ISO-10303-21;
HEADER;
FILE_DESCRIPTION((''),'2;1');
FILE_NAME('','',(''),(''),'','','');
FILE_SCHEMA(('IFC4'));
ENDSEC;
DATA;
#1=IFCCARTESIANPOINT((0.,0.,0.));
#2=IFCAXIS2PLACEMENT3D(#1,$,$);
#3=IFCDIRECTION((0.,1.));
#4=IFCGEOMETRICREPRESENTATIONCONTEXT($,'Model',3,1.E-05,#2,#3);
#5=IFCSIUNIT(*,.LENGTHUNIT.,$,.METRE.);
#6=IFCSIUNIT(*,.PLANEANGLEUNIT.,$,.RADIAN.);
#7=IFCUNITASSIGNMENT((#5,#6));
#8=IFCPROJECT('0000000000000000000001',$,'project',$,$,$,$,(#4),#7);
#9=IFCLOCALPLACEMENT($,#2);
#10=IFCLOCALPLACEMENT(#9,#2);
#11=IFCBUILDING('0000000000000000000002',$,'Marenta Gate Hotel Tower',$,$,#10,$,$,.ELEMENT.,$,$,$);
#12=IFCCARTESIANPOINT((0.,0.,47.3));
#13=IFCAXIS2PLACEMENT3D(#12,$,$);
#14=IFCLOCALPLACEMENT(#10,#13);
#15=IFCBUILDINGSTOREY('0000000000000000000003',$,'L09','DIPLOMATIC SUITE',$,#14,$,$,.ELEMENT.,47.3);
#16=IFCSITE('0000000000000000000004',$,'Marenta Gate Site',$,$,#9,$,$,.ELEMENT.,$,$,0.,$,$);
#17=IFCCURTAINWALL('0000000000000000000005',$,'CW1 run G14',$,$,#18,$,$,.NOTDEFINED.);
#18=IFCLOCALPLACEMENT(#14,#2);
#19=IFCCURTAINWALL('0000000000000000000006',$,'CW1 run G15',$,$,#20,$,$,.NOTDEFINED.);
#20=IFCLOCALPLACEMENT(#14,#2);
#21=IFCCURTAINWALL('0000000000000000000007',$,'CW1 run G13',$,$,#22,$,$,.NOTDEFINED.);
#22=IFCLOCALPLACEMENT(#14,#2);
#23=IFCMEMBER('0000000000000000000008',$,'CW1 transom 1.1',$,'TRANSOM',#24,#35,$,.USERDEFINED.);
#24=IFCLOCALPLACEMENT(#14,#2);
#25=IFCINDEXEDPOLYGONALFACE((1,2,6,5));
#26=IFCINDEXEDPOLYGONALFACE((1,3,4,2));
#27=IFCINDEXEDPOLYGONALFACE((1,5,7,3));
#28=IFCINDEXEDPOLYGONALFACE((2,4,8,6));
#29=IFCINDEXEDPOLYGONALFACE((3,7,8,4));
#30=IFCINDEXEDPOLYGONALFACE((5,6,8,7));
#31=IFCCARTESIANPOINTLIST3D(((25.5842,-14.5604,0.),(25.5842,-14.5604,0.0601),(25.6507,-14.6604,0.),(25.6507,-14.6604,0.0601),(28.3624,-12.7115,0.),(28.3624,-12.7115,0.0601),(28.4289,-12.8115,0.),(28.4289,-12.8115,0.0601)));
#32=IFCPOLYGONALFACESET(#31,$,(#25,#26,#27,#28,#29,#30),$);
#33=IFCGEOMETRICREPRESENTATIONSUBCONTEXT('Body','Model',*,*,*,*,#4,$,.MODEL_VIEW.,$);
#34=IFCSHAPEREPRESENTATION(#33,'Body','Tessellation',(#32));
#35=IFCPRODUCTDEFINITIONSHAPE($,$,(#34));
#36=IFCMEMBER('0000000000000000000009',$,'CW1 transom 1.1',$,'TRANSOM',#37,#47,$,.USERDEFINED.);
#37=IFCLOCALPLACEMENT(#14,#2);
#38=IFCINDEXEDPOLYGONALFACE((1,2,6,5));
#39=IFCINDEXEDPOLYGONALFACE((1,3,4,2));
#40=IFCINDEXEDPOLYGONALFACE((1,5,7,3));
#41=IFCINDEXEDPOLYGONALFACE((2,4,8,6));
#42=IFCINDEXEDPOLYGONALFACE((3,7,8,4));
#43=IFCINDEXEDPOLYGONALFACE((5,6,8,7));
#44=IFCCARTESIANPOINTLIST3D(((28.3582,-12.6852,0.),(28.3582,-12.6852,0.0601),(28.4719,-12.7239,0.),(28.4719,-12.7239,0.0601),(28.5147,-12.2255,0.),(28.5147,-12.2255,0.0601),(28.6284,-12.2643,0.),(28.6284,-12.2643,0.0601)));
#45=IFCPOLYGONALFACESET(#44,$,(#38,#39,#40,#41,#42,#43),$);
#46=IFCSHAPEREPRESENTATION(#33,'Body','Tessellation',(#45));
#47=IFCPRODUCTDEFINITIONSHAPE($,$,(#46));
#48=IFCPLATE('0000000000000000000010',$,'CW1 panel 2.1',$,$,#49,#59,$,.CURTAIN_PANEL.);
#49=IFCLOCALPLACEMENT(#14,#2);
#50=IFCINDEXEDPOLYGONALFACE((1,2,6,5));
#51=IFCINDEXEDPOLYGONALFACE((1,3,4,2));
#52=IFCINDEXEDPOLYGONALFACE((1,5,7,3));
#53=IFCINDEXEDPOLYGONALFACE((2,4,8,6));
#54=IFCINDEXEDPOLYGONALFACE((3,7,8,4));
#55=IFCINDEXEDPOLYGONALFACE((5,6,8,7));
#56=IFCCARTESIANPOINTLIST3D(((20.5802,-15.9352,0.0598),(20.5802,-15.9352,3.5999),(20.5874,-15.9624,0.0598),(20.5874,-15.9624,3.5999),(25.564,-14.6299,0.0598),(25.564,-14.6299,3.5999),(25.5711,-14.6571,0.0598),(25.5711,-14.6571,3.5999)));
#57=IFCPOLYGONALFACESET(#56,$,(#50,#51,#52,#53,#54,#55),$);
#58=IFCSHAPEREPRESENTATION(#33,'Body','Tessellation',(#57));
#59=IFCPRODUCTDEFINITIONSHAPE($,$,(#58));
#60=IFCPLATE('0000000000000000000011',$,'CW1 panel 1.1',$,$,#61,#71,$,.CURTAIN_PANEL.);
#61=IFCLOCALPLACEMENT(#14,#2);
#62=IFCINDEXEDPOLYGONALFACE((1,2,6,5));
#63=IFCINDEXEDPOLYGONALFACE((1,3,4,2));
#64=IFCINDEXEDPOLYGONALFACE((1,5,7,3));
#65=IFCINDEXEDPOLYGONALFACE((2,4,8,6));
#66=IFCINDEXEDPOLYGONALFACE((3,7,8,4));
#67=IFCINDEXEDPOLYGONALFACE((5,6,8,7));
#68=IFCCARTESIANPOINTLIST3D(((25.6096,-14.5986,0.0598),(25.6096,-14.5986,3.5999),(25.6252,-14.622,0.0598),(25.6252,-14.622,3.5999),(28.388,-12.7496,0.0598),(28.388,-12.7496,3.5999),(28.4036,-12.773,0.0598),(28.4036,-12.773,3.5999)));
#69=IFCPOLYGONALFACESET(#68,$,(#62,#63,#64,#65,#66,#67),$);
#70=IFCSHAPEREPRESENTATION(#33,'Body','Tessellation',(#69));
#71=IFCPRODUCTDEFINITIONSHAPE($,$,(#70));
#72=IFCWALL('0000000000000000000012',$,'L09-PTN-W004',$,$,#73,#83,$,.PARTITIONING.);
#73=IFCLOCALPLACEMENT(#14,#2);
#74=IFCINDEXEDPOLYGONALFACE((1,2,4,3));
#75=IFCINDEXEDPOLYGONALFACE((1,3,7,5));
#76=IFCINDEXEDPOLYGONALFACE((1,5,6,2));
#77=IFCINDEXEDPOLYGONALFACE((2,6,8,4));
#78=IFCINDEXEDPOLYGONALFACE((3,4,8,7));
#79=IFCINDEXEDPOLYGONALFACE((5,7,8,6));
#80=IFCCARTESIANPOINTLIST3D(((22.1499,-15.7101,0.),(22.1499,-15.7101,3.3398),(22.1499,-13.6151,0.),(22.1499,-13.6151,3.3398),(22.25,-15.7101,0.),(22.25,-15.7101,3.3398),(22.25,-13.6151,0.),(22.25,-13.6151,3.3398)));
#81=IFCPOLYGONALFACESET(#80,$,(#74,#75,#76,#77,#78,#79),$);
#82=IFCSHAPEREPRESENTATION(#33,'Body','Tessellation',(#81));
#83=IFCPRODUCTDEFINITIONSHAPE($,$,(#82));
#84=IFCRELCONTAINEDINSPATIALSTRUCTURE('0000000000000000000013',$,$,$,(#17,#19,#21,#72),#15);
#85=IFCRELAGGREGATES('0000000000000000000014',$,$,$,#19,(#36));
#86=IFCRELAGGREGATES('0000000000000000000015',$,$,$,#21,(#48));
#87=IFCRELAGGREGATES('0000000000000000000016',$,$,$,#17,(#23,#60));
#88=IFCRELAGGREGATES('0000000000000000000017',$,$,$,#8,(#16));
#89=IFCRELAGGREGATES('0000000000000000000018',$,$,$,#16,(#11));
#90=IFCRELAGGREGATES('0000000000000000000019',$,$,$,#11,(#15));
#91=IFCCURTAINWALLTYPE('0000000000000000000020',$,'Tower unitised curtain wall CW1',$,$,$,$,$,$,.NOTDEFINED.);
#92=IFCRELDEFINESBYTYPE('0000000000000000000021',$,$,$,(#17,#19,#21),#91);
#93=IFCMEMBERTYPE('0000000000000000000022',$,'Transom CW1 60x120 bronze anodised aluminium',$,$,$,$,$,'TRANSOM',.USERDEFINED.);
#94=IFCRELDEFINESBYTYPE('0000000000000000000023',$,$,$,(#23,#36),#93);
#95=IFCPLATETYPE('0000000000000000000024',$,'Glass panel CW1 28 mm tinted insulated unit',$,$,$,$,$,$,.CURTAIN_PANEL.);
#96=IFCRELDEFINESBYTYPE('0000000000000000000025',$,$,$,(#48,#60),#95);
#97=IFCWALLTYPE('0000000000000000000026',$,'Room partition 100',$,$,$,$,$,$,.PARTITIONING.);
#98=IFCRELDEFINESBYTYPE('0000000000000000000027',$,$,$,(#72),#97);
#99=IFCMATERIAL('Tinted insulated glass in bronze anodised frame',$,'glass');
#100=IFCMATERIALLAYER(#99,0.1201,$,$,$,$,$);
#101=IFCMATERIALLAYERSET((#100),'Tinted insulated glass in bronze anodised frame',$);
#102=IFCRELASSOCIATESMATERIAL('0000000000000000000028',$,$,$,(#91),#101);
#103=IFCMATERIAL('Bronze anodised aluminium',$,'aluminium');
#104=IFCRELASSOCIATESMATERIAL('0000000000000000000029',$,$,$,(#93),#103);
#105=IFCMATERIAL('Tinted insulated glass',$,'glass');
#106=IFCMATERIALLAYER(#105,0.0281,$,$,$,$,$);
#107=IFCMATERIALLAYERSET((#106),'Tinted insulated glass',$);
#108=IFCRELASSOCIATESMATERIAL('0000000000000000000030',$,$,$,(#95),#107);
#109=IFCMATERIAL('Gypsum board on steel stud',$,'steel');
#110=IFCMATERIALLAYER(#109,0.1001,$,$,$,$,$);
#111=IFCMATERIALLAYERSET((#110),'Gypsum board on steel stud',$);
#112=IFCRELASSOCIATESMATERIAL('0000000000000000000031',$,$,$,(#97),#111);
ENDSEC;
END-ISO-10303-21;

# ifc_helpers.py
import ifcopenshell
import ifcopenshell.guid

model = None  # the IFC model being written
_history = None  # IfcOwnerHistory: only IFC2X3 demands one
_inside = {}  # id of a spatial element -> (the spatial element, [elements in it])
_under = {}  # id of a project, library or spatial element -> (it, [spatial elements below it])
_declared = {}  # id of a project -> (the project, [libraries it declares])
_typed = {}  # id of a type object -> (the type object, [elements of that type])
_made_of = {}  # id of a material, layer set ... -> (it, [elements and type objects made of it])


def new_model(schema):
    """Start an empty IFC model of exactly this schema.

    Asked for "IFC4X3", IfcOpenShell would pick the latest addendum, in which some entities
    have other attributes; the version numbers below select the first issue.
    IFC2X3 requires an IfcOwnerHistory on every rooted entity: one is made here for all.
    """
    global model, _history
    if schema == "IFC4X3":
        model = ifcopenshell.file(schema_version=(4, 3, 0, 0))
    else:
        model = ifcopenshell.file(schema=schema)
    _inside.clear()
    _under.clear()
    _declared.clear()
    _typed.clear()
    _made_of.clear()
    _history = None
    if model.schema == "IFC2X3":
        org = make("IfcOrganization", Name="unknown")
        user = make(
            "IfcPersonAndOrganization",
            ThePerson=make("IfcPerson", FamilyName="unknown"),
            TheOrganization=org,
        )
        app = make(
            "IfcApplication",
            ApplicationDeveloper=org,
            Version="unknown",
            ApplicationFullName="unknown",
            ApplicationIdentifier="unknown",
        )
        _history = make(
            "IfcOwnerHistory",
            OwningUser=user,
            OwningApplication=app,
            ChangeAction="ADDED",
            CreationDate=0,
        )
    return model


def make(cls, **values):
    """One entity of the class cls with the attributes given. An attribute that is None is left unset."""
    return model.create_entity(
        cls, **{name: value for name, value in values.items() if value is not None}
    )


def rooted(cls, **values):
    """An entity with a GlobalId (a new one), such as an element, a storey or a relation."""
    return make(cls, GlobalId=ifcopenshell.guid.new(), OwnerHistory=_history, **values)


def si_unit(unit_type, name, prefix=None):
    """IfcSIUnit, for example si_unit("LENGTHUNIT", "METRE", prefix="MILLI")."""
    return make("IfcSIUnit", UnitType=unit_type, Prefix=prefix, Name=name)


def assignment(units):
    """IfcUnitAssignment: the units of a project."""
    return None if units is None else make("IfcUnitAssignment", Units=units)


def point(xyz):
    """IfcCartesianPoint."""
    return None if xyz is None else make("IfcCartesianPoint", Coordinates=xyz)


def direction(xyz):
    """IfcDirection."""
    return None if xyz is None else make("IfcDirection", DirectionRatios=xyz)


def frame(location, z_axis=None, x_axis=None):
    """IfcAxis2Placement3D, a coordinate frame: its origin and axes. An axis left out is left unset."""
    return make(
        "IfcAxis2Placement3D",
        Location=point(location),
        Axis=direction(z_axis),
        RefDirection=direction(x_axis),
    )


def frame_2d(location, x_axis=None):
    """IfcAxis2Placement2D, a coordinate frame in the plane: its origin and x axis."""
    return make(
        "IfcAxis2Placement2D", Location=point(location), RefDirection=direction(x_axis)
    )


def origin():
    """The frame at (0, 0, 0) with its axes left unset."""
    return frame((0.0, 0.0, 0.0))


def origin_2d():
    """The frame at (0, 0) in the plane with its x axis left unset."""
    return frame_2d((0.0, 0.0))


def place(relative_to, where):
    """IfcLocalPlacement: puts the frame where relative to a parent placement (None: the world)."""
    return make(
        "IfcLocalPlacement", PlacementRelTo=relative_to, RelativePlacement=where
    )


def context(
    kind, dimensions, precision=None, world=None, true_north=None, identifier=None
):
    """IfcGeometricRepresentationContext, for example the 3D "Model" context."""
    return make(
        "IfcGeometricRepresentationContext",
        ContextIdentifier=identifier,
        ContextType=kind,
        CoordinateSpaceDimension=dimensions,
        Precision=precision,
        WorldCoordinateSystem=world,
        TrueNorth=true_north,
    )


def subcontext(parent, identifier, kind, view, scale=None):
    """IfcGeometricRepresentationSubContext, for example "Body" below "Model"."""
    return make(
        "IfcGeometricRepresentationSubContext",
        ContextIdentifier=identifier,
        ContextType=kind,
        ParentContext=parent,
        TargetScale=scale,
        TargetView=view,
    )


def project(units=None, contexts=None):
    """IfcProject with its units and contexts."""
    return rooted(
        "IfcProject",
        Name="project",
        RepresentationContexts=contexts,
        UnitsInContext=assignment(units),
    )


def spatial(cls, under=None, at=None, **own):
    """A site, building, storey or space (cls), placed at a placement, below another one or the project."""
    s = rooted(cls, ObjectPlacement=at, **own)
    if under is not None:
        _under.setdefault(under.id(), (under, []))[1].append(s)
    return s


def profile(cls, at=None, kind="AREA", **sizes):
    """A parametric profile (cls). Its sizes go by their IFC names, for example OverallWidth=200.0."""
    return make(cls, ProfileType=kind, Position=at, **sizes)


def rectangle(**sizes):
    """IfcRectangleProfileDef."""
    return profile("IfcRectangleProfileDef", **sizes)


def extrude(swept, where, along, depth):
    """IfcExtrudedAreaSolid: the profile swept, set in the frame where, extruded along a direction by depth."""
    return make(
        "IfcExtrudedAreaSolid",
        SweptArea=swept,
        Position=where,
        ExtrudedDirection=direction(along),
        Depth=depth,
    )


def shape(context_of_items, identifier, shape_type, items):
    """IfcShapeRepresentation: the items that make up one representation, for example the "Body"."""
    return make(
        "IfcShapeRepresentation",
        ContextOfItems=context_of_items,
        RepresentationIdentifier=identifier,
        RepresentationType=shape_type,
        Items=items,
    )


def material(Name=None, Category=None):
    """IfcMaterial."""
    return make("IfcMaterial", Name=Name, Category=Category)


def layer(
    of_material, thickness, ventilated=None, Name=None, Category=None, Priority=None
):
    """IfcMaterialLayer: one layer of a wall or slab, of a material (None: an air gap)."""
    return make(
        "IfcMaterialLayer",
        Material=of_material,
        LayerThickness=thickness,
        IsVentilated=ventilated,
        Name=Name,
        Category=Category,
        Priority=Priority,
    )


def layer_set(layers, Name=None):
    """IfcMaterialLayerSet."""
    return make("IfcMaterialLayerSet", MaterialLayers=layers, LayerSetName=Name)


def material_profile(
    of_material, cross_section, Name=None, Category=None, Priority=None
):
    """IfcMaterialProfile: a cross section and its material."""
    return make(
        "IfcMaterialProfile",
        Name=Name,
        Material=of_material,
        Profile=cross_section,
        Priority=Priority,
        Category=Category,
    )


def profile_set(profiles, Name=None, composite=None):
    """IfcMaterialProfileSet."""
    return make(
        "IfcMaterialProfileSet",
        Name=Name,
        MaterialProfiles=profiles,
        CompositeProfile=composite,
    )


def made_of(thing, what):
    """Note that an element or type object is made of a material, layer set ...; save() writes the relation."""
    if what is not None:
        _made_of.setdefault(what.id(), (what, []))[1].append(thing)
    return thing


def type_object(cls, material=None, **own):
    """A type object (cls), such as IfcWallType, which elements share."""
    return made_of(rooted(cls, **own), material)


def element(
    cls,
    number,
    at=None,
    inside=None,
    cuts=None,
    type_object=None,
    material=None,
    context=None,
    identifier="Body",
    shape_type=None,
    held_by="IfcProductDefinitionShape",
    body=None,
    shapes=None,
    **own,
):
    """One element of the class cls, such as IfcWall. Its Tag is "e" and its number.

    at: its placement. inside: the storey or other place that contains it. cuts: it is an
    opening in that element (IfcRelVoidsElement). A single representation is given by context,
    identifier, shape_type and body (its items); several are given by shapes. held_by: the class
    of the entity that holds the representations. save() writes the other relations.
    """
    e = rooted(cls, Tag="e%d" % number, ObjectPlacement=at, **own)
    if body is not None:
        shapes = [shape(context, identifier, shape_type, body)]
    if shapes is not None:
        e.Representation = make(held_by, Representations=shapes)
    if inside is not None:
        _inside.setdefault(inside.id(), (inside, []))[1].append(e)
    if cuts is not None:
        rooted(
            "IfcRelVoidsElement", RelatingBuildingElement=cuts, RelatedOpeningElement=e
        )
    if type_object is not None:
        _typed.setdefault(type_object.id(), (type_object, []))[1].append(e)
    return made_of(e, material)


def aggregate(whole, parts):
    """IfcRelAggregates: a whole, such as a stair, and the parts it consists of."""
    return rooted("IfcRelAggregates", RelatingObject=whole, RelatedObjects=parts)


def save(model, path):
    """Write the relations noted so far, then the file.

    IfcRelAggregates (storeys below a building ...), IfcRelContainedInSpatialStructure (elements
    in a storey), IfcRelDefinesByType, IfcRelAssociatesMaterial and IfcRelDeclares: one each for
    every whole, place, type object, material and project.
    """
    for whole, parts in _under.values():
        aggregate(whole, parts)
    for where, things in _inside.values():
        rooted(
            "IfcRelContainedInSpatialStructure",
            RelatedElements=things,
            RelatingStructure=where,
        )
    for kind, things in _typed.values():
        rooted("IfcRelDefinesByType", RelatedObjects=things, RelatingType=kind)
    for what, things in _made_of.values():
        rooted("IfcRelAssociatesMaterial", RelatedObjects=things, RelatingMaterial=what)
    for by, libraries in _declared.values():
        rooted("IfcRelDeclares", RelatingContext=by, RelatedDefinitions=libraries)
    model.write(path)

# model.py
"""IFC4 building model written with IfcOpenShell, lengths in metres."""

from ifc_helpers import new_model, si_unit, direction, frame, frame_2d, origin, origin_2d, place, context, subcontext, project, spatial, rectangle, extrude, material, layer, layer_set, material_profile, profile_set, type_object, element, aggregate, save


model = new_model("IFC4")

# Units and contexts
model_context = context("Model", 3, precision=1e-05, world=origin(), true_north=direction((0.0, 1.0)))
body_context = subcontext(model_context, "Body", "Model", "MODEL_VIEW")
ifc_project = project(units=[si_unit("LENGTHUNIT", "METRE"), si_unit("PLANEANGLEUNIT", "RADIAN")], contexts=[model_context])

# Site, building, storey
site_placement = place(None, origin())
site = spatial("IfcSite", under=ifc_project, at=site_placement, Name="Marenta Gate Site", CompositionType="ELEMENT", RefElevation=0.0)
building_placement = place(site_placement, origin())
building = spatial("IfcBuilding", under=site, at=building_placement, Name="Marenta Gate Hotel Tower", CompositionType="ELEMENT")
storey_placement = place(building_placement, frame((0.0, 0.0, 47.3)))
storey = spatial("IfcBuildingStorey", under=building, at=storey_placement, Name="L09", Description="DIPLOMATIC SUITE", CompositionType="ELEMENT", Elevation=47.3)

# Curtain walls
ifc_material_1 = material(Name="Tinted insulated glass in bronze anodised frame", Category="glass")
ifc_layer_1 = layer(ifc_material_1, 0.1201)
ifc_layer_set_1 = layer_set([ifc_layer_1], Name="Tinted insulated glass in bronze anodised frame")
curtain_wall_type = type_object("IfcCurtainWallType", Name="Tower unitised curtain wall CW1", PredefinedType="NOTDEFINED", material=ifc_layer_set_1)
curtain_wall_1_placement = place(storey_placement, origin())
curtain_wall_1 = element("IfcCurtainWall", 1, at=curtain_wall_1_placement, inside=storey, type_object=curtain_wall_type, Name="CW1 run G14", PredefinedType="NOTDEFINED")
curtain_wall_2_placement = place(storey_placement, origin())
curtain_wall_2 = element("IfcCurtainWall", 2, at=curtain_wall_2_placement, inside=storey, type_object=curtain_wall_type, Name="CW1 run G15", PredefinedType="NOTDEFINED")
curtain_wall_3_placement = place(storey_placement, origin())
curtain_wall_3 = element("IfcCurtainWall", 3, at=curtain_wall_3_placement, inside=storey, type_object=curtain_wall_type, Name="CW1 run G13", PredefinedType="NOTDEFINED")
ifc_material_2 = material(Name="Bronze anodised aluminium", Category="aluminium")
ifc_material_profile_1 = material_profile(ifc_material_2, rectangle(XDim=0.1201, YDim=0.0601, at=origin_2d()), Name="Transom CW1 60x120 bronze anodised aluminium")
ifc_profile_set_1 = profile_set([ifc_material_profile_1], Name="Bronze anodised aluminium")
member_type_1 = type_object("IfcMemberType", Name="Transom CW1 60x120 bronze anodised aluminium", ElementType="TRANSOM", PredefinedType="USERDEFINED", material=ifc_profile_set_1)

# Members
member_1_placement = place(storey_placement, frame((25.6174, -14.6104, 0.03), z_axis=(0.832511, 0.554008, 0.0), x_axis=(-0.554008, 0.832511, 0.0)))
member_1 = element("IfcMember", 4, at=member_1_placement, type_object=member_type_1, Name="CW1 transom 1.1", ObjectType="TRANSOM", PredefinedType="USERDEFINED", context=body_context, shape_type="SweptSolid", body=[
    extrude(rectangle(XDim=0.1201, YDim=0.0601, at=origin_2d()), origin(), (0.0, 0.0, 1.0), 3.3372),
])
member_2_placement = place(storey_placement, frame((28.415, -12.7046, 0.03), z_axis=(0.322254, 0.946653, 0.0), x_axis=(-0.946653, 0.322254, 0.0)))
member_2 = element("IfcMember", 5, at=member_2_placement, type_object=member_type_1, Name="CW1 transom 1.1", ObjectType="TRANSOM", PredefinedType="USERDEFINED", context=body_context, shape_type="SweptSolid", body=[
    extrude(rectangle(XDim=0.1201, YDim=0.0601, at=origin_2d()), origin(), (0.0, 0.0, 1.0), 0.4856),
])
aggregate(curtain_wall_2, [member_2])

# Plates
ifc_material_3 = material(Name="Tinted insulated glass", Category="glass")
ifc_layer_2 = layer(ifc_material_3, 0.0281)
ifc_layer_set_2 = layer_set([ifc_layer_2], Name="Tinted insulated glass")
plate_type = type_object("IfcPlateType", Name="Glass panel CW1 28 mm tinted insulated unit", PredefinedType="CURTAIN_PANEL", material=ifc_layer_set_2)
plate_1_placement = place(storey_placement, frame((23.0757, -15.2961, 0.0598), z_axis=(0.0, 0.0, 1.0), x_axis=(0.967371, 0.253364, 0.0)))
plate_1 = element("IfcPlate", 6, at=plate_1_placement, type_object=plate_type, Name="CW1 panel 2.1", PredefinedType="CURTAIN_PANEL", context=body_context, shape_type="SweptSolid", body=[
    extrude(rectangle(XDim=5.1519, YDim=0.0281, at=origin_2d()), origin(), (0.0, 0.0, 1.0), 3.54),
])
aggregate(curtain_wall_3, [plate_1])
plate_2_placement = place(storey_placement, frame((27.0066, -13.6858, 0.0598), z_axis=(0.0, 0.0, 1.0), x_axis=(0.832494, 0.554034, 0.0)))
plate_2 = element("IfcPlate", 7, at=plate_2_placement, type_object=plate_type, Name="CW1 panel 1.1", PredefinedType="CURTAIN_PANEL", context=body_context, shape_type="SweptSolid", body=[
    extrude(rectangle(XDim=3.3374, YDim=0.0281, at=origin_2d()), origin(), (0.0, 0.0, 1.0), 3.54),
])
aggregate(curtain_wall_1, [member_1, plate_2])

# Wall
ifc_material_4 = material(Name="Gypsum board on steel stud", Category="steel")
ifc_layer_3 = layer(ifc_material_4, 0.1001)
ifc_layer_set_3 = layer_set([ifc_layer_3], Name="Gypsum board on steel stud")
wall_type = type_object("IfcWallType", Name="Room partition 100", PredefinedType="PARTITIONING", material=ifc_layer_set_3)
wall_placement = place(storey_placement, frame((22.2, -15.71, 0.0), z_axis=(0.0, 0.0, 1.0), x_axis=(0.0, 1.0, 0.0)))
element("IfcWall", 8, at=wall_placement, inside=storey, type_object=wall_type, Name="L09-PTN-W004", PredefinedType="PARTITIONING", context=body_context, shape_type="SweptSolid", body=[
    extrude(rectangle(XDim=2.095, YDim=0.1001, at=frame_2d((1.0474, 0.0))), origin(), (0.0, 0.0, 1.0), 3.3398),
])

save(model, "model.ifc")
